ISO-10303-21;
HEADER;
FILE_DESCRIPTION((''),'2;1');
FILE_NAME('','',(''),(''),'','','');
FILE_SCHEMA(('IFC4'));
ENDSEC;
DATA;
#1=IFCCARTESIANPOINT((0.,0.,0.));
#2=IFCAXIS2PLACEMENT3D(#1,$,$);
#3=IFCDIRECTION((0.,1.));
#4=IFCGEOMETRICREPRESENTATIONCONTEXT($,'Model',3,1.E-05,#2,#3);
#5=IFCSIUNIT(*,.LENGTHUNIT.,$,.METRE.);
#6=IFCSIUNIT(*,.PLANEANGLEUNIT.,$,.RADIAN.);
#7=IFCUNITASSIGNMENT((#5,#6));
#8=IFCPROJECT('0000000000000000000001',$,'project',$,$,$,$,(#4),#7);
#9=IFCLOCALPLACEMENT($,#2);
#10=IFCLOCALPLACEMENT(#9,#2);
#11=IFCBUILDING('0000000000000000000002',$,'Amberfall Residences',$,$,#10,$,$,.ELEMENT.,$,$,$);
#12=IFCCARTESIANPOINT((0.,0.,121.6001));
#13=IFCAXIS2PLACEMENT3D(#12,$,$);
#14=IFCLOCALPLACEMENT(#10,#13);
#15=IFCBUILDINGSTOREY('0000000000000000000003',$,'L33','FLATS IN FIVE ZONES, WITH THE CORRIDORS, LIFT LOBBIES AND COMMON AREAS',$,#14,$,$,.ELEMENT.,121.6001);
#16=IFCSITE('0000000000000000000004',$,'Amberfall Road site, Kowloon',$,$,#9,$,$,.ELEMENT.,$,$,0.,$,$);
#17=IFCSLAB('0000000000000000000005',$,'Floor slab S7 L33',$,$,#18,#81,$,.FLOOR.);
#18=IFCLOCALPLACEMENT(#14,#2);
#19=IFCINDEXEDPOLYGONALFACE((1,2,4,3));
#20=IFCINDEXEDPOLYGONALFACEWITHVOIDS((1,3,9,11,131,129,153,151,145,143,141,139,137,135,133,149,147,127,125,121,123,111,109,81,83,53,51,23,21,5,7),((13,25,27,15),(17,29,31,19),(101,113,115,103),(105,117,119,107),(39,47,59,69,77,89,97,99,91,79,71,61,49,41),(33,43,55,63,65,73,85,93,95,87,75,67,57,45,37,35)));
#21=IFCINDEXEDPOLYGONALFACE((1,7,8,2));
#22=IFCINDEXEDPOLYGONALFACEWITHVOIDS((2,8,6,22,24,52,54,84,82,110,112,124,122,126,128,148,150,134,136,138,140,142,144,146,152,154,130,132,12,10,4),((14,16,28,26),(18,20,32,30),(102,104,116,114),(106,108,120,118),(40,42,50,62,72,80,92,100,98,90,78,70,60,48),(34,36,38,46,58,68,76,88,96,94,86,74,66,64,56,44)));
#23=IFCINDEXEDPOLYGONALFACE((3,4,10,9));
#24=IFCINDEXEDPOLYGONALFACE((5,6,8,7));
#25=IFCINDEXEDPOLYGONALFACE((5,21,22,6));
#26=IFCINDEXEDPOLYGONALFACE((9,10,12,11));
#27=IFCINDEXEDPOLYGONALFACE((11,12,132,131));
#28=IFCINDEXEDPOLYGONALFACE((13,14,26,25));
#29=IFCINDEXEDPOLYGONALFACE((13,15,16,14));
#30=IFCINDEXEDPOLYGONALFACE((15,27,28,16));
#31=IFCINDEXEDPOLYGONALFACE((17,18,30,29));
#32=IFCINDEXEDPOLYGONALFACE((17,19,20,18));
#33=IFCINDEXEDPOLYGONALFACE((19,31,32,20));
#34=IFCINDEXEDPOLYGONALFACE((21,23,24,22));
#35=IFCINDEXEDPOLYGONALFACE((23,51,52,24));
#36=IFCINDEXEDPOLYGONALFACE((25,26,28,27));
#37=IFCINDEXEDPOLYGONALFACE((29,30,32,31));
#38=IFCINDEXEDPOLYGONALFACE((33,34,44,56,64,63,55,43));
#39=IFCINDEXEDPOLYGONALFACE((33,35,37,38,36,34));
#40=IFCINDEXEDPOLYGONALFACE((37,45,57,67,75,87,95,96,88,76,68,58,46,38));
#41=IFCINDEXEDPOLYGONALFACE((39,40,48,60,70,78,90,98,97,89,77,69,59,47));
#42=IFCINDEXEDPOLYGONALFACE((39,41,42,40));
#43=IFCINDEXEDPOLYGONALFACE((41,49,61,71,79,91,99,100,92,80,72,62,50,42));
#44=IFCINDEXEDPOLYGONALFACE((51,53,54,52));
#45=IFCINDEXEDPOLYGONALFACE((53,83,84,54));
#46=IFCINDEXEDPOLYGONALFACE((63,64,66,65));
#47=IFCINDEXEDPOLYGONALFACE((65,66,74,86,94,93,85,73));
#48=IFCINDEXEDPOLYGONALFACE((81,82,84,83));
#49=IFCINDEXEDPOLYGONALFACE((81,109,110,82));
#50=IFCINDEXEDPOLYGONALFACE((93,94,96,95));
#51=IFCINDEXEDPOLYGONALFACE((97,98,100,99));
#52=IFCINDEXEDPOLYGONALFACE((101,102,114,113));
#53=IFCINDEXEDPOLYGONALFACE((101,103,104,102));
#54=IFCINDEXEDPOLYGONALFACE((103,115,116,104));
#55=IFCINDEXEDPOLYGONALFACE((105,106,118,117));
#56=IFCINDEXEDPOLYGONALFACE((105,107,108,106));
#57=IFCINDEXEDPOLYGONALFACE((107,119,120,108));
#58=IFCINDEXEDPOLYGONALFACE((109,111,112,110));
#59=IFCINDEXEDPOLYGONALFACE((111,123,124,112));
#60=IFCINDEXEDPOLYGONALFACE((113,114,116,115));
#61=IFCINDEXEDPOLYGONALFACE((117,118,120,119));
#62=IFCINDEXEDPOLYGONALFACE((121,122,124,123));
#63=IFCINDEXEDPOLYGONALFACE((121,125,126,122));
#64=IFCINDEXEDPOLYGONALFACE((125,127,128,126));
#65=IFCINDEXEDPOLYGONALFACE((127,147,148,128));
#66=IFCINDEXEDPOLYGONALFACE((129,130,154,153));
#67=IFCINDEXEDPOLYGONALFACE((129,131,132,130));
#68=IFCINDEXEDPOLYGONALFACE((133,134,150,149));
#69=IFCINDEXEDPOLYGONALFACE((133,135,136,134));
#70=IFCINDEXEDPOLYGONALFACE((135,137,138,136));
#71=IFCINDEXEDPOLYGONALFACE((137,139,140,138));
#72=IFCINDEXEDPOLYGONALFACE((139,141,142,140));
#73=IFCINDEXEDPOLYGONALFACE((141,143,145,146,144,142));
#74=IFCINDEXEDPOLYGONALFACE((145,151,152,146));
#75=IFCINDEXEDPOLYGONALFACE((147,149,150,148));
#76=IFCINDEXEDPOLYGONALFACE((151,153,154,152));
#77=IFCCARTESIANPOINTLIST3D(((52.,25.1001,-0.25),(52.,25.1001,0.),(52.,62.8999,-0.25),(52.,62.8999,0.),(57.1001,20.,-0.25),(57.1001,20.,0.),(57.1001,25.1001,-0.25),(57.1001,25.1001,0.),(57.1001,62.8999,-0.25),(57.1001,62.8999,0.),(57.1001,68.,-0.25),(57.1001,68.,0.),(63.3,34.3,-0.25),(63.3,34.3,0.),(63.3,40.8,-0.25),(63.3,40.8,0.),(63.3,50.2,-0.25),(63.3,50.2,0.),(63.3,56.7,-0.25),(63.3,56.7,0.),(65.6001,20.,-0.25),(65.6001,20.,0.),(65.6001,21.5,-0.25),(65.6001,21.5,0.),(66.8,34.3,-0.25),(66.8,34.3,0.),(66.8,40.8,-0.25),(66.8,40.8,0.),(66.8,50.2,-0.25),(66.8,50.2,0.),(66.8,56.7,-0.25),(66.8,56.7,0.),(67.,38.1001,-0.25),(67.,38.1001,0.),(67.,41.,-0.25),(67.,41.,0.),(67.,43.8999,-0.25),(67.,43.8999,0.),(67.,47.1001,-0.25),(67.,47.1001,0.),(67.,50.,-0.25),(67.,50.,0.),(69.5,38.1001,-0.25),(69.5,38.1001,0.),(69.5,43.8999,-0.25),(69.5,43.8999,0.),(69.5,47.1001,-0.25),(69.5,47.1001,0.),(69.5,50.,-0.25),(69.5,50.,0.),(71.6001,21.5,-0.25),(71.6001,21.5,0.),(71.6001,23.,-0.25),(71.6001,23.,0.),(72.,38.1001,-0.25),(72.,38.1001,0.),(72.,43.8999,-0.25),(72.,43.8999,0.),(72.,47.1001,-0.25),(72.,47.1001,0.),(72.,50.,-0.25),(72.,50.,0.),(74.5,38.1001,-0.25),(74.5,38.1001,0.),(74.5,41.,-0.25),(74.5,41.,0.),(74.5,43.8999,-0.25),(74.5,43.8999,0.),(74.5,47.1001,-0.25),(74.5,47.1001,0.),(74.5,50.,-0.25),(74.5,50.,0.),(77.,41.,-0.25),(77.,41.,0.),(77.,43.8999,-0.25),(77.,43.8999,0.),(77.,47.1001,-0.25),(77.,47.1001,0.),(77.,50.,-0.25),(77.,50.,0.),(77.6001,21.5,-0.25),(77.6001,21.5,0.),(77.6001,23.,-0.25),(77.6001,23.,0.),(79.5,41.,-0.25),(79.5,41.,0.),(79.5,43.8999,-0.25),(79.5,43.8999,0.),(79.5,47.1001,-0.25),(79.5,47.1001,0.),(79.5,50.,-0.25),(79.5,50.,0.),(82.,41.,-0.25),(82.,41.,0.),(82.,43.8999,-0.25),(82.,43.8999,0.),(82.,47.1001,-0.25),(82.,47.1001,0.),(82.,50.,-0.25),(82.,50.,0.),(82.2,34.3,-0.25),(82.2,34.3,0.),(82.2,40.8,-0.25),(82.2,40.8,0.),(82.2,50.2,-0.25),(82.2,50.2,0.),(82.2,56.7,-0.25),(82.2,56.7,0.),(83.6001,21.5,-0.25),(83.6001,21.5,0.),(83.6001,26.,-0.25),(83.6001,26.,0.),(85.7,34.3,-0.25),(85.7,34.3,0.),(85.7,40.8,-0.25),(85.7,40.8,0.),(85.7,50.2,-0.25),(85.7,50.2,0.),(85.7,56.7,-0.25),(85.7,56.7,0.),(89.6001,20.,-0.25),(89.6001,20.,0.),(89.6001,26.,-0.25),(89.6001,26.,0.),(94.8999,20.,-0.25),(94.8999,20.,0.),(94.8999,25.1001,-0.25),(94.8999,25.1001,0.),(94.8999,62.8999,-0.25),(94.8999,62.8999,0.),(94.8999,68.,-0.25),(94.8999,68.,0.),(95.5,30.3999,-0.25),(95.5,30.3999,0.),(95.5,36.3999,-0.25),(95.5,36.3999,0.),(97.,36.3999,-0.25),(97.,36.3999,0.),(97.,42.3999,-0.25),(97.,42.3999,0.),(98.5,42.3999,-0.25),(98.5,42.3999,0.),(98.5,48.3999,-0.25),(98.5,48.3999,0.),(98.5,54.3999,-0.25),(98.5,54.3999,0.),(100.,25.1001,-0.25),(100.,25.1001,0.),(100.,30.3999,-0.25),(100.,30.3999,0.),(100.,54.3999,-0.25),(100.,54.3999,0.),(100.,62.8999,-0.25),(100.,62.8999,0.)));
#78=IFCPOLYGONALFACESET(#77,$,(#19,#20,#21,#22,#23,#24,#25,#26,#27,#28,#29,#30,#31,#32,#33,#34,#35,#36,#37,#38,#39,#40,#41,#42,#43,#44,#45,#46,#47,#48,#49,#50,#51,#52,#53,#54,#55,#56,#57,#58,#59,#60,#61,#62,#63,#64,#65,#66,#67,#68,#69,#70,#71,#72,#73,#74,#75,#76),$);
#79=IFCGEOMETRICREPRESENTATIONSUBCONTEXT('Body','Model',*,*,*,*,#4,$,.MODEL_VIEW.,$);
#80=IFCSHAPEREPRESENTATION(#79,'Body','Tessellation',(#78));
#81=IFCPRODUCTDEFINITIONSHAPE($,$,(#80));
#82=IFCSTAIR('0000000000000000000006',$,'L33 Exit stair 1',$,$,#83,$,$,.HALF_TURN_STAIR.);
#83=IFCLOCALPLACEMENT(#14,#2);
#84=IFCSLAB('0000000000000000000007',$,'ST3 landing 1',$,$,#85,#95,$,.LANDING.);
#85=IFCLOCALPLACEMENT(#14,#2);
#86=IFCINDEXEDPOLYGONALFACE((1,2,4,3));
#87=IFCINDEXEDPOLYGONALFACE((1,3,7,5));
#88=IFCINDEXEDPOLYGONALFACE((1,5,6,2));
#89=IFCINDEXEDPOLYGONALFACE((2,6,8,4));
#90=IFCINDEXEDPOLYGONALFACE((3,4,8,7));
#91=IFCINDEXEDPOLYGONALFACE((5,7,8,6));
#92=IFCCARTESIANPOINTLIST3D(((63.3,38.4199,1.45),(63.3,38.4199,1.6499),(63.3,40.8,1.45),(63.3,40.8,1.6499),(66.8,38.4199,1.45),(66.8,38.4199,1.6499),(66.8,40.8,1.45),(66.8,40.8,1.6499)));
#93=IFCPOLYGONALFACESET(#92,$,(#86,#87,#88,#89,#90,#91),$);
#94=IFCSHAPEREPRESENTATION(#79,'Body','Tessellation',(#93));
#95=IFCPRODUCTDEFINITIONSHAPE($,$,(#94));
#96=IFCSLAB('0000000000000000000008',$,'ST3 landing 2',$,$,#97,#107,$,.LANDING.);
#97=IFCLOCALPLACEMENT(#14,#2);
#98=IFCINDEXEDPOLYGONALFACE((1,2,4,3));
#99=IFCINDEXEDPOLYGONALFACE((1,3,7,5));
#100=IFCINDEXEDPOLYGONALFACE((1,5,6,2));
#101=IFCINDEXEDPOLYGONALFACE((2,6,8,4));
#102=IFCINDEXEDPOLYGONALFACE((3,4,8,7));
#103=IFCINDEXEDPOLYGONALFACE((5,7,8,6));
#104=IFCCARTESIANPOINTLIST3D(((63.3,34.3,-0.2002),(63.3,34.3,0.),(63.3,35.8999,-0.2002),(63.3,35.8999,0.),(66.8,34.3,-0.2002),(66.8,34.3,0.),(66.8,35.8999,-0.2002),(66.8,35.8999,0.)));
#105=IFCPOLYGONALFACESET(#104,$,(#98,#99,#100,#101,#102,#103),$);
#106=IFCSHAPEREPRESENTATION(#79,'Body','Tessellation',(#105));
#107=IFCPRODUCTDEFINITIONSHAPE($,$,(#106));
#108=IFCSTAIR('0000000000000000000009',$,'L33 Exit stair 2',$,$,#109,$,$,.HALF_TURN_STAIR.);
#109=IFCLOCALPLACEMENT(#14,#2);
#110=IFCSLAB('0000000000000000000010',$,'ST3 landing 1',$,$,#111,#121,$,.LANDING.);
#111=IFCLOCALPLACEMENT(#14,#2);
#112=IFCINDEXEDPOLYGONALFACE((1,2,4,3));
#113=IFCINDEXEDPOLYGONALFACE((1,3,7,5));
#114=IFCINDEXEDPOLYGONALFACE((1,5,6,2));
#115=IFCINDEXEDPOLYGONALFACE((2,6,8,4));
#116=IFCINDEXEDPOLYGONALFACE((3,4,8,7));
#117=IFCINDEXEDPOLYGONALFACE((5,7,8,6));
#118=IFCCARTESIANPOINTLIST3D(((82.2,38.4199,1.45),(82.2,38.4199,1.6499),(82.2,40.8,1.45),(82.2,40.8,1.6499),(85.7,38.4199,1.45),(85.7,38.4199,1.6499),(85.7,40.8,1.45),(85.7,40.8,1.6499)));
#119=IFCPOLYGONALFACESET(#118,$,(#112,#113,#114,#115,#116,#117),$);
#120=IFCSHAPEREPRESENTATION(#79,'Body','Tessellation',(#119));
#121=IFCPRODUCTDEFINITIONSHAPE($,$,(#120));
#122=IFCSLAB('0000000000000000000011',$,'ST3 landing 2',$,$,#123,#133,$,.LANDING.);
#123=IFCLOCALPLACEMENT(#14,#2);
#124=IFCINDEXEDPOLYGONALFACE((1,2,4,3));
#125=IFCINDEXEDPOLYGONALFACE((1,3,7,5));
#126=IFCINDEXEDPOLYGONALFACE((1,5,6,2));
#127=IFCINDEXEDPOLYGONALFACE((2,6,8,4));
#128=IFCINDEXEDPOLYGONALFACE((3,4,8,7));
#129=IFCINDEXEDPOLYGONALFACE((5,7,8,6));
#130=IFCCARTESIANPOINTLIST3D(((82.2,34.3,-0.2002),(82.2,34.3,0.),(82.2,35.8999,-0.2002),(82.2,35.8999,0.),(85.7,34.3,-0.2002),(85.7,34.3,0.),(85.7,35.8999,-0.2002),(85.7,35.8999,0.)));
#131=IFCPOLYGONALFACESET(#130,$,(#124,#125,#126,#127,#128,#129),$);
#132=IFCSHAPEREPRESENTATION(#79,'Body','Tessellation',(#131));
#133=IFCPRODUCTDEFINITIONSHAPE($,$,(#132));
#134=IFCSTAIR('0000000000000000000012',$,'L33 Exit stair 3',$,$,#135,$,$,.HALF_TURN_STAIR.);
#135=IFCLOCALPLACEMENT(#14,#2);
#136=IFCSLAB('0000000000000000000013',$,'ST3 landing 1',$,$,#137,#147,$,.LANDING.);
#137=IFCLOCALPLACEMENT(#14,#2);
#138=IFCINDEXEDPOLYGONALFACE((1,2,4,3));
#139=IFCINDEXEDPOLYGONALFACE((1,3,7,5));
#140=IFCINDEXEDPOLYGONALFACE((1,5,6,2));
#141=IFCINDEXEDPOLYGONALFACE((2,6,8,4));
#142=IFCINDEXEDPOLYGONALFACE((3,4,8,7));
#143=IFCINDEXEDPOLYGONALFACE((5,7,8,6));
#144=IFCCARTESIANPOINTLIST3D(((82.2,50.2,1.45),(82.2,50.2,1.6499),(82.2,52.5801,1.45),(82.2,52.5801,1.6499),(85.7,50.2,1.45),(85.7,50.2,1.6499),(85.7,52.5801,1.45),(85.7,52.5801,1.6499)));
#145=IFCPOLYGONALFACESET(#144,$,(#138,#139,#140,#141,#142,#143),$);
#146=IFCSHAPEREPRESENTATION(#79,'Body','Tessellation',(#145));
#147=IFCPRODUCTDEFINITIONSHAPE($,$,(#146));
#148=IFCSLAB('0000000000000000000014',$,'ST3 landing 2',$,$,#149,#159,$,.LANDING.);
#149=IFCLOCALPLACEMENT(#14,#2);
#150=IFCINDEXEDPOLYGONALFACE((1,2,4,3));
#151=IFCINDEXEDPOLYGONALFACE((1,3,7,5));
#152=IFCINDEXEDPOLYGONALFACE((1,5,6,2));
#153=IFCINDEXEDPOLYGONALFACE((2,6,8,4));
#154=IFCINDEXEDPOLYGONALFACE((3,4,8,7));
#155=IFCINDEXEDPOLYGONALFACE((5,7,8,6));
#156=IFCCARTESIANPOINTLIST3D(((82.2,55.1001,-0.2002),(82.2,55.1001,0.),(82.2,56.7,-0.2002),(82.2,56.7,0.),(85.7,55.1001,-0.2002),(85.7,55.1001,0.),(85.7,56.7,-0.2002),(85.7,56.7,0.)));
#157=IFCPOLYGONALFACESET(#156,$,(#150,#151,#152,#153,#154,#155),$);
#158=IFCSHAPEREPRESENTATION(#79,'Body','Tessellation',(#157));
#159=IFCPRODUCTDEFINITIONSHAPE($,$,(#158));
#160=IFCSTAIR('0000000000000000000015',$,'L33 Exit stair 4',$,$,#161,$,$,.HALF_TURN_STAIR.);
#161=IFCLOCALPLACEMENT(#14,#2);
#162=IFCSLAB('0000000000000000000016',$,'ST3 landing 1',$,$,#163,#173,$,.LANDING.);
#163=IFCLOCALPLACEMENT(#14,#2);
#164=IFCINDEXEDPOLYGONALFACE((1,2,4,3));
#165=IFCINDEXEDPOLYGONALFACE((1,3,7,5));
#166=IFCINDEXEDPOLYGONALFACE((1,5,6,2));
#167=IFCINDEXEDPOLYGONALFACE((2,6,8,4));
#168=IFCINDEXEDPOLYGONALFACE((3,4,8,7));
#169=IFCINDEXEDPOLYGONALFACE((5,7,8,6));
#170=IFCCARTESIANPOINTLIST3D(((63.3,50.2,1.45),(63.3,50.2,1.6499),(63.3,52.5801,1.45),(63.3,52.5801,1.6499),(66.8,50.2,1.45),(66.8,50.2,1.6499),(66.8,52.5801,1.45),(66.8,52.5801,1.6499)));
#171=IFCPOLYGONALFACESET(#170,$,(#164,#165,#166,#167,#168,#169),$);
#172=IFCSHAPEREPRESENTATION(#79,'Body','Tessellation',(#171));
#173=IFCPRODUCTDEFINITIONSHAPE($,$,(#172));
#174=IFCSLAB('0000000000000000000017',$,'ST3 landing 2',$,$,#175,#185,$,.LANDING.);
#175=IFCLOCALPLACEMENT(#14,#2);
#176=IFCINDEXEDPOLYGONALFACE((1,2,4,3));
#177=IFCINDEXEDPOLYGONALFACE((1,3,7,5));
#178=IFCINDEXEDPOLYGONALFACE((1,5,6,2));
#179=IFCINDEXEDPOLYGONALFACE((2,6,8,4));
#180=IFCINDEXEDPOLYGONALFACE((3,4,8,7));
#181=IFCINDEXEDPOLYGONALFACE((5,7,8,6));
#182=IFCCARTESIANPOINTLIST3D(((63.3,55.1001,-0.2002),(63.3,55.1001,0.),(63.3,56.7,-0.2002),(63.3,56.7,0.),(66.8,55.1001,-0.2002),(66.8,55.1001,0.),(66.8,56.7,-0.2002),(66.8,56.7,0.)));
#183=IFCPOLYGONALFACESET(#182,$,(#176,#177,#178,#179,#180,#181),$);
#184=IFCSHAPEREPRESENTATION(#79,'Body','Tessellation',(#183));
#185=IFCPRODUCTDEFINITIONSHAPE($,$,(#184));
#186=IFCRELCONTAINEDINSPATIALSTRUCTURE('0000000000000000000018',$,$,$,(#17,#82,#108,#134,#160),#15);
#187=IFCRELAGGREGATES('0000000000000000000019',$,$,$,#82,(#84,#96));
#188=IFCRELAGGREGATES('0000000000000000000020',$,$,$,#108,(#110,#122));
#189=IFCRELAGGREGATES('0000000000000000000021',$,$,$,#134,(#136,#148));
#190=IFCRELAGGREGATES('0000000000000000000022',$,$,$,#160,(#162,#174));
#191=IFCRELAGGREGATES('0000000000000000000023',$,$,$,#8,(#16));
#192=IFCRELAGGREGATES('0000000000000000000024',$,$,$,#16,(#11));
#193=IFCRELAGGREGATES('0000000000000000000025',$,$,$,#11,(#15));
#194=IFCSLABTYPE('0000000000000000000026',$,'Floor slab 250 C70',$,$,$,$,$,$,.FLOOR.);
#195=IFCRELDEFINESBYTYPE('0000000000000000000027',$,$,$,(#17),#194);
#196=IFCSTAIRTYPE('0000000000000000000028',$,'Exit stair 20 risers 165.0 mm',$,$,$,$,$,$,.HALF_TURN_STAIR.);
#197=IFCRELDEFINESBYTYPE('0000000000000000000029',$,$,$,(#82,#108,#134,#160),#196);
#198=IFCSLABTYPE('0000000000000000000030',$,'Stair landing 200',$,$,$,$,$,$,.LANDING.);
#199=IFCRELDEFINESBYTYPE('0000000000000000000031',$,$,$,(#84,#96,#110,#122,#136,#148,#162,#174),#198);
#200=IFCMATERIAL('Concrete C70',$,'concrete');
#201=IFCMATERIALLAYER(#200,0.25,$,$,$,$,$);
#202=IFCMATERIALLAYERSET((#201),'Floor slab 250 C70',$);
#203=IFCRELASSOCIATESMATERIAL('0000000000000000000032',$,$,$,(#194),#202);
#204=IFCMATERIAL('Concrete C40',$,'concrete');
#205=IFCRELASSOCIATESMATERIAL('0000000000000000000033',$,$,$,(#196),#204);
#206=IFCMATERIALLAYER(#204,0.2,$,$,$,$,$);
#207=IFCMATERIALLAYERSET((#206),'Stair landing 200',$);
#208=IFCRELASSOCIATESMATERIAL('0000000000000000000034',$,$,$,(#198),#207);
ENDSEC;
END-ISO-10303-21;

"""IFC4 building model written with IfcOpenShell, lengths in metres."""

from ifc_helpers import new_model, si_unit, direction, frame, origin, place, context, subcontext, project, spatial, polyline, outline, extrude, material, layer, layer_set, type_object, element, aggregate, save


model = new_model("IFC4")

# Units and contexts
model_context = context("Model", 3, precision=1e-05, world=origin(), true_north=direction((0.0, 1.0)))
body_context = subcontext(model_context, "Body", "Model", "MODEL_VIEW")
ifc_project = project(units=[si_unit("LENGTHUNIT", "METRE"), si_unit("PLANEANGLEUNIT", "RADIAN")], contexts=[model_context])

# Site, building, storey
site_placement = place(None, origin())
site = spatial("IfcSite", under=ifc_project, at=site_placement, Name="Amberfall Road site, Kowloon", CompositionType="ELEMENT", RefElevation=0.0)
building_placement = place(site_placement, origin())
building = spatial("IfcBuilding", under=site, at=building_placement, Name="Amberfall Residences", CompositionType="ELEMENT")
storey_placement = place(building_placement, frame((0.0, 0.0, 121.6001)))
storey = spatial("IfcBuildingStorey", under=building, at=storey_placement, Name="L33", Description="FLATS IN FIVE ZONES, WITH THE CORRIDORS, LIFT LOBBIES AND COMMON AREAS", CompositionType="ELEMENT", Elevation=121.6001)

# Slab
ifc_material_1 = material(Name="Concrete C70", Category="concrete")
ifc_layer_1 = layer(ifc_material_1, 0.25)
ifc_layer_set_1 = layer_set([ifc_layer_1], Name="Floor slab 250 C70")
slab_type_1 = type_object("IfcSlabType", Name="Floor slab 250 C70", PredefinedType="FLOOR", material=ifc_layer_set_1)
slab_1_placement = place(storey_placement, frame((0.0, 0.0, -0.25)))
element("IfcSlab", 1, at=slab_1_placement, inside=storey, type_object=slab_type_1, Name="Floor slab S7 L33", PredefinedType="FLOOR", context=body_context, shape_type="SweptSolid", body=[
    extrude(outline(polyline([(89.6001, 20.0), (89.6001, 26.0), (83.6001, 26.0), (83.6001, 21.5), (77.6001, 21.5), (77.6001, 23.0), (71.6001, 23.0), (71.6001, 21.5), (65.6001, 21.5), (65.6001, 20.0), (57.1001, 20.0), (57.1001, 25.1001), (52.0, 25.1001), (52.0, 62.8999), (57.1001, 62.8999), (57.1001, 68.0), (94.8999, 68.0), (94.8999, 62.8999), (100.0, 62.8999), (100.0, 54.3999), (98.5, 54.3999), (98.5, 48.3999), (98.5, 42.3999), (97.0, 42.3999), (97.0, 36.3999), (95.5, 36.3999), (95.5, 30.3999), (100.0, 30.3999), (100.0, 25.1001), (94.8999, 25.1001), (94.8999, 20.0), (89.6001, 20.0)]), holes=[polyline([(85.7, 34.3), (85.7, 40.8), (82.2, 40.8), (82.2, 34.3), (85.7, 34.3)]), polyline([(82.2, 50.2), (85.7, 50.2), (85.7, 56.7), (82.2, 56.7), (82.2, 50.2)]), polyline([(69.5, 50.0), (67.0, 50.0), (67.0, 47.1001), (69.5, 47.1001), (72.0, 47.1001), (74.5, 47.1001), (77.0, 47.1001), (79.5, 47.1001), (82.0, 47.1001), (82.0, 50.0), (79.5, 50.0), (77.0, 50.0), (74.5, 50.0), (72.0, 50.0), (69.5, 50.0)]), polyline([(74.5, 41.0), (77.0, 41.0), (79.5, 41.0), (82.0, 41.0), (82.0, 43.8999), (79.5, 43.8999), (77.0, 43.8999), (74.5, 43.8999), (72.0, 43.8999), (69.5, 43.8999), (67.0, 43.8999), (67.0, 41.0), (67.0, 38.1001), (69.5, 38.1001), (72.0, 38.1001), (74.5, 38.1001), (74.5, 41.0)]), polyline([(66.8, 34.3), (66.8, 40.8), (63.3, 40.8), (63.3, 34.3), (66.8, 34.3)]), polyline([(66.8, 50.2), (66.8, 56.7), (63.3, 56.7), (63.3, 50.2), (66.8, 50.2)])]), origin(), (0.0, 0.0, 1.0), 0.25),
])

# Stairs, slabs
ifc_material_2 = material(Name="Concrete C40", Category="concrete")
stair_type = type_object("IfcStairType", Name="Exit stair 20 risers 165.0 mm", PredefinedType="HALF_TURN_STAIR", material=ifc_material_2)
stair_1_placement = place(storey_placement, origin())
stair_1 = element("IfcStair", 2, at=stair_1_placement, inside=storey, type_object=stair_type, Name="L33 Exit stair 1", PredefinedType="HALF_TURN_STAIR")
ifc_layer_2 = layer(ifc_material_2, 0.2)
ifc_layer_set_2 = layer_set([ifc_layer_2], Name="Stair landing 200")
slab_type_2 = type_object("IfcSlabType", Name="Stair landing 200", PredefinedType="LANDING", material=ifc_layer_set_2)
slab_2_placement = place(storey_placement, frame((0.0, 0.0, 1.45)))
slab_2 = element("IfcSlab", 3, at=slab_2_placement, type_object=slab_type_2, Name="ST3 landing 1", PredefinedType="LANDING", context=body_context, shape_type="SweptSolid", body=[
    extrude(outline(polyline([(66.8, 38.4199), (66.8, 40.8), (63.3, 40.8), (63.3, 38.4199), (66.8, 38.4199)])), origin(), (0.0, 0.0, 1.0), 0.2),
])
slab_3_placement = place(storey_placement, frame((0.0, 0.0, -0.2002)))
slab_3 = element("IfcSlab", 4, at=slab_3_placement, type_object=slab_type_2, Name="ST3 landing 2", PredefinedType="LANDING", context=body_context, shape_type="SweptSolid", body=[
    extrude(outline(polyline([(66.8, 34.3), (66.8, 35.8999), (63.3, 35.8999), (63.3, 34.3), (66.8, 34.3)])), origin(), (0.0, 0.0, 1.0), 0.2002),
])
aggregate(stair_1, [slab_2, slab_3])
stair_2_placement = place(storey_placement, origin())
stair_2 = element("IfcStair", 5, at=stair_2_placement, inside=storey, type_object=stair_type, Name="L33 Exit stair 2", PredefinedType="HALF_TURN_STAIR")
slab_4_placement = place(storey_placement, frame((0.0, 0.0, 1.45)))
slab_4 = element("IfcSlab", 6, at=slab_4_placement, type_object=slab_type_2, Name="ST3 landing 1", PredefinedType="LANDING", context=body_context, shape_type="SweptSolid", body=[
    extrude(outline(polyline([(85.7, 38.4199), (85.7, 40.8), (82.2, 40.8), (82.2, 38.4199), (85.7, 38.4199)])), origin(), (0.0, 0.0, 1.0), 0.2),
])
slab_5_placement = place(storey_placement, frame((0.0, 0.0, -0.2002)))
slab_5 = element("IfcSlab", 7, at=slab_5_placement, type_object=slab_type_2, Name="ST3 landing 2", PredefinedType="LANDING", context=body_context, shape_type="SweptSolid", body=[
    extrude(outline(polyline([(85.7, 34.3), (85.7, 35.8999), (82.2, 35.8999), (82.2, 34.3), (85.7, 34.3)])), origin(), (0.0, 0.0, 1.0), 0.2002),
])
aggregate(stair_2, [slab_4, slab_5])
stair_3_placement = place(storey_placement, origin())
stair_3 = element("IfcStair", 8, at=stair_3_placement, inside=storey, type_object=stair_type, Name="L33 Exit stair 3", PredefinedType="HALF_TURN_STAIR")
slab_6_placement = place(storey_placement, frame((0.0, 0.0, 1.45)))
slab_6 = element("IfcSlab", 9, at=slab_6_placement, type_object=slab_type_2, Name="ST3 landing 1", PredefinedType="LANDING", context=body_context, shape_type="SweptSolid", body=[
    extrude(outline(polyline([(82.2, 52.5801), (82.2, 50.2), (85.7, 50.2), (85.7, 52.5801), (82.2, 52.5801)])), origin(), (0.0, 0.0, 1.0), 0.2),
])
slab_7_placement = place(storey_placement, frame((0.0, 0.0, -0.2002)))
slab_7 = element("IfcSlab", 10, at=slab_7_placement, type_object=slab_type_2, Name="ST3 landing 2", PredefinedType="LANDING", context=body_context, shape_type="SweptSolid", body=[
    extrude(outline(polyline([(82.2, 56.7), (82.2, 55.1001), (85.7, 55.1001), (85.7, 56.7), (82.2, 56.7)])), origin(), (0.0, 0.0, 1.0), 0.2002),
])
aggregate(stair_3, [slab_6, slab_7])
stair_4_placement = place(storey_placement, origin())
stair_4 = element("IfcStair", 11, at=stair_4_placement, inside=storey, type_object=stair_type, Name="L33 Exit stair 4", PredefinedType="HALF_TURN_STAIR")
slab_8_placement = place(storey_placement, frame((0.0, 0.0, 1.45)))
slab_8 = element("IfcSlab", 12, at=slab_8_placement, type_object=slab_type_2, Name="ST3 landing 1", PredefinedType="LANDING", context=body_context, shape_type="SweptSolid", body=[
    extrude(outline(polyline([(63.3, 52.5801), (63.3, 50.2), (66.8, 50.2), (66.8, 52.5801), (63.3, 52.5801)])), origin(), (0.0, 0.0, 1.0), 0.2),
])
slab_9_placement = place(storey_placement, frame((0.0, 0.0, -0.2002)))
slab_9 = element("IfcSlab", 13, at=slab_9_placement, type_object=slab_type_2, Name="ST3 landing 2", PredefinedType="LANDING", context=body_context, shape_type="SweptSolid", body=[
    extrude(outline(polyline([(63.3, 56.7), (63.3, 55.1001), (66.8, 55.1001), (66.8, 56.7), (63.3, 56.7)])), origin(), (0.0, 0.0, 1.0), 0.2002),
])
aggregate(stair_4, [slab_8, slab_9])

save(model, "model.ifc")
